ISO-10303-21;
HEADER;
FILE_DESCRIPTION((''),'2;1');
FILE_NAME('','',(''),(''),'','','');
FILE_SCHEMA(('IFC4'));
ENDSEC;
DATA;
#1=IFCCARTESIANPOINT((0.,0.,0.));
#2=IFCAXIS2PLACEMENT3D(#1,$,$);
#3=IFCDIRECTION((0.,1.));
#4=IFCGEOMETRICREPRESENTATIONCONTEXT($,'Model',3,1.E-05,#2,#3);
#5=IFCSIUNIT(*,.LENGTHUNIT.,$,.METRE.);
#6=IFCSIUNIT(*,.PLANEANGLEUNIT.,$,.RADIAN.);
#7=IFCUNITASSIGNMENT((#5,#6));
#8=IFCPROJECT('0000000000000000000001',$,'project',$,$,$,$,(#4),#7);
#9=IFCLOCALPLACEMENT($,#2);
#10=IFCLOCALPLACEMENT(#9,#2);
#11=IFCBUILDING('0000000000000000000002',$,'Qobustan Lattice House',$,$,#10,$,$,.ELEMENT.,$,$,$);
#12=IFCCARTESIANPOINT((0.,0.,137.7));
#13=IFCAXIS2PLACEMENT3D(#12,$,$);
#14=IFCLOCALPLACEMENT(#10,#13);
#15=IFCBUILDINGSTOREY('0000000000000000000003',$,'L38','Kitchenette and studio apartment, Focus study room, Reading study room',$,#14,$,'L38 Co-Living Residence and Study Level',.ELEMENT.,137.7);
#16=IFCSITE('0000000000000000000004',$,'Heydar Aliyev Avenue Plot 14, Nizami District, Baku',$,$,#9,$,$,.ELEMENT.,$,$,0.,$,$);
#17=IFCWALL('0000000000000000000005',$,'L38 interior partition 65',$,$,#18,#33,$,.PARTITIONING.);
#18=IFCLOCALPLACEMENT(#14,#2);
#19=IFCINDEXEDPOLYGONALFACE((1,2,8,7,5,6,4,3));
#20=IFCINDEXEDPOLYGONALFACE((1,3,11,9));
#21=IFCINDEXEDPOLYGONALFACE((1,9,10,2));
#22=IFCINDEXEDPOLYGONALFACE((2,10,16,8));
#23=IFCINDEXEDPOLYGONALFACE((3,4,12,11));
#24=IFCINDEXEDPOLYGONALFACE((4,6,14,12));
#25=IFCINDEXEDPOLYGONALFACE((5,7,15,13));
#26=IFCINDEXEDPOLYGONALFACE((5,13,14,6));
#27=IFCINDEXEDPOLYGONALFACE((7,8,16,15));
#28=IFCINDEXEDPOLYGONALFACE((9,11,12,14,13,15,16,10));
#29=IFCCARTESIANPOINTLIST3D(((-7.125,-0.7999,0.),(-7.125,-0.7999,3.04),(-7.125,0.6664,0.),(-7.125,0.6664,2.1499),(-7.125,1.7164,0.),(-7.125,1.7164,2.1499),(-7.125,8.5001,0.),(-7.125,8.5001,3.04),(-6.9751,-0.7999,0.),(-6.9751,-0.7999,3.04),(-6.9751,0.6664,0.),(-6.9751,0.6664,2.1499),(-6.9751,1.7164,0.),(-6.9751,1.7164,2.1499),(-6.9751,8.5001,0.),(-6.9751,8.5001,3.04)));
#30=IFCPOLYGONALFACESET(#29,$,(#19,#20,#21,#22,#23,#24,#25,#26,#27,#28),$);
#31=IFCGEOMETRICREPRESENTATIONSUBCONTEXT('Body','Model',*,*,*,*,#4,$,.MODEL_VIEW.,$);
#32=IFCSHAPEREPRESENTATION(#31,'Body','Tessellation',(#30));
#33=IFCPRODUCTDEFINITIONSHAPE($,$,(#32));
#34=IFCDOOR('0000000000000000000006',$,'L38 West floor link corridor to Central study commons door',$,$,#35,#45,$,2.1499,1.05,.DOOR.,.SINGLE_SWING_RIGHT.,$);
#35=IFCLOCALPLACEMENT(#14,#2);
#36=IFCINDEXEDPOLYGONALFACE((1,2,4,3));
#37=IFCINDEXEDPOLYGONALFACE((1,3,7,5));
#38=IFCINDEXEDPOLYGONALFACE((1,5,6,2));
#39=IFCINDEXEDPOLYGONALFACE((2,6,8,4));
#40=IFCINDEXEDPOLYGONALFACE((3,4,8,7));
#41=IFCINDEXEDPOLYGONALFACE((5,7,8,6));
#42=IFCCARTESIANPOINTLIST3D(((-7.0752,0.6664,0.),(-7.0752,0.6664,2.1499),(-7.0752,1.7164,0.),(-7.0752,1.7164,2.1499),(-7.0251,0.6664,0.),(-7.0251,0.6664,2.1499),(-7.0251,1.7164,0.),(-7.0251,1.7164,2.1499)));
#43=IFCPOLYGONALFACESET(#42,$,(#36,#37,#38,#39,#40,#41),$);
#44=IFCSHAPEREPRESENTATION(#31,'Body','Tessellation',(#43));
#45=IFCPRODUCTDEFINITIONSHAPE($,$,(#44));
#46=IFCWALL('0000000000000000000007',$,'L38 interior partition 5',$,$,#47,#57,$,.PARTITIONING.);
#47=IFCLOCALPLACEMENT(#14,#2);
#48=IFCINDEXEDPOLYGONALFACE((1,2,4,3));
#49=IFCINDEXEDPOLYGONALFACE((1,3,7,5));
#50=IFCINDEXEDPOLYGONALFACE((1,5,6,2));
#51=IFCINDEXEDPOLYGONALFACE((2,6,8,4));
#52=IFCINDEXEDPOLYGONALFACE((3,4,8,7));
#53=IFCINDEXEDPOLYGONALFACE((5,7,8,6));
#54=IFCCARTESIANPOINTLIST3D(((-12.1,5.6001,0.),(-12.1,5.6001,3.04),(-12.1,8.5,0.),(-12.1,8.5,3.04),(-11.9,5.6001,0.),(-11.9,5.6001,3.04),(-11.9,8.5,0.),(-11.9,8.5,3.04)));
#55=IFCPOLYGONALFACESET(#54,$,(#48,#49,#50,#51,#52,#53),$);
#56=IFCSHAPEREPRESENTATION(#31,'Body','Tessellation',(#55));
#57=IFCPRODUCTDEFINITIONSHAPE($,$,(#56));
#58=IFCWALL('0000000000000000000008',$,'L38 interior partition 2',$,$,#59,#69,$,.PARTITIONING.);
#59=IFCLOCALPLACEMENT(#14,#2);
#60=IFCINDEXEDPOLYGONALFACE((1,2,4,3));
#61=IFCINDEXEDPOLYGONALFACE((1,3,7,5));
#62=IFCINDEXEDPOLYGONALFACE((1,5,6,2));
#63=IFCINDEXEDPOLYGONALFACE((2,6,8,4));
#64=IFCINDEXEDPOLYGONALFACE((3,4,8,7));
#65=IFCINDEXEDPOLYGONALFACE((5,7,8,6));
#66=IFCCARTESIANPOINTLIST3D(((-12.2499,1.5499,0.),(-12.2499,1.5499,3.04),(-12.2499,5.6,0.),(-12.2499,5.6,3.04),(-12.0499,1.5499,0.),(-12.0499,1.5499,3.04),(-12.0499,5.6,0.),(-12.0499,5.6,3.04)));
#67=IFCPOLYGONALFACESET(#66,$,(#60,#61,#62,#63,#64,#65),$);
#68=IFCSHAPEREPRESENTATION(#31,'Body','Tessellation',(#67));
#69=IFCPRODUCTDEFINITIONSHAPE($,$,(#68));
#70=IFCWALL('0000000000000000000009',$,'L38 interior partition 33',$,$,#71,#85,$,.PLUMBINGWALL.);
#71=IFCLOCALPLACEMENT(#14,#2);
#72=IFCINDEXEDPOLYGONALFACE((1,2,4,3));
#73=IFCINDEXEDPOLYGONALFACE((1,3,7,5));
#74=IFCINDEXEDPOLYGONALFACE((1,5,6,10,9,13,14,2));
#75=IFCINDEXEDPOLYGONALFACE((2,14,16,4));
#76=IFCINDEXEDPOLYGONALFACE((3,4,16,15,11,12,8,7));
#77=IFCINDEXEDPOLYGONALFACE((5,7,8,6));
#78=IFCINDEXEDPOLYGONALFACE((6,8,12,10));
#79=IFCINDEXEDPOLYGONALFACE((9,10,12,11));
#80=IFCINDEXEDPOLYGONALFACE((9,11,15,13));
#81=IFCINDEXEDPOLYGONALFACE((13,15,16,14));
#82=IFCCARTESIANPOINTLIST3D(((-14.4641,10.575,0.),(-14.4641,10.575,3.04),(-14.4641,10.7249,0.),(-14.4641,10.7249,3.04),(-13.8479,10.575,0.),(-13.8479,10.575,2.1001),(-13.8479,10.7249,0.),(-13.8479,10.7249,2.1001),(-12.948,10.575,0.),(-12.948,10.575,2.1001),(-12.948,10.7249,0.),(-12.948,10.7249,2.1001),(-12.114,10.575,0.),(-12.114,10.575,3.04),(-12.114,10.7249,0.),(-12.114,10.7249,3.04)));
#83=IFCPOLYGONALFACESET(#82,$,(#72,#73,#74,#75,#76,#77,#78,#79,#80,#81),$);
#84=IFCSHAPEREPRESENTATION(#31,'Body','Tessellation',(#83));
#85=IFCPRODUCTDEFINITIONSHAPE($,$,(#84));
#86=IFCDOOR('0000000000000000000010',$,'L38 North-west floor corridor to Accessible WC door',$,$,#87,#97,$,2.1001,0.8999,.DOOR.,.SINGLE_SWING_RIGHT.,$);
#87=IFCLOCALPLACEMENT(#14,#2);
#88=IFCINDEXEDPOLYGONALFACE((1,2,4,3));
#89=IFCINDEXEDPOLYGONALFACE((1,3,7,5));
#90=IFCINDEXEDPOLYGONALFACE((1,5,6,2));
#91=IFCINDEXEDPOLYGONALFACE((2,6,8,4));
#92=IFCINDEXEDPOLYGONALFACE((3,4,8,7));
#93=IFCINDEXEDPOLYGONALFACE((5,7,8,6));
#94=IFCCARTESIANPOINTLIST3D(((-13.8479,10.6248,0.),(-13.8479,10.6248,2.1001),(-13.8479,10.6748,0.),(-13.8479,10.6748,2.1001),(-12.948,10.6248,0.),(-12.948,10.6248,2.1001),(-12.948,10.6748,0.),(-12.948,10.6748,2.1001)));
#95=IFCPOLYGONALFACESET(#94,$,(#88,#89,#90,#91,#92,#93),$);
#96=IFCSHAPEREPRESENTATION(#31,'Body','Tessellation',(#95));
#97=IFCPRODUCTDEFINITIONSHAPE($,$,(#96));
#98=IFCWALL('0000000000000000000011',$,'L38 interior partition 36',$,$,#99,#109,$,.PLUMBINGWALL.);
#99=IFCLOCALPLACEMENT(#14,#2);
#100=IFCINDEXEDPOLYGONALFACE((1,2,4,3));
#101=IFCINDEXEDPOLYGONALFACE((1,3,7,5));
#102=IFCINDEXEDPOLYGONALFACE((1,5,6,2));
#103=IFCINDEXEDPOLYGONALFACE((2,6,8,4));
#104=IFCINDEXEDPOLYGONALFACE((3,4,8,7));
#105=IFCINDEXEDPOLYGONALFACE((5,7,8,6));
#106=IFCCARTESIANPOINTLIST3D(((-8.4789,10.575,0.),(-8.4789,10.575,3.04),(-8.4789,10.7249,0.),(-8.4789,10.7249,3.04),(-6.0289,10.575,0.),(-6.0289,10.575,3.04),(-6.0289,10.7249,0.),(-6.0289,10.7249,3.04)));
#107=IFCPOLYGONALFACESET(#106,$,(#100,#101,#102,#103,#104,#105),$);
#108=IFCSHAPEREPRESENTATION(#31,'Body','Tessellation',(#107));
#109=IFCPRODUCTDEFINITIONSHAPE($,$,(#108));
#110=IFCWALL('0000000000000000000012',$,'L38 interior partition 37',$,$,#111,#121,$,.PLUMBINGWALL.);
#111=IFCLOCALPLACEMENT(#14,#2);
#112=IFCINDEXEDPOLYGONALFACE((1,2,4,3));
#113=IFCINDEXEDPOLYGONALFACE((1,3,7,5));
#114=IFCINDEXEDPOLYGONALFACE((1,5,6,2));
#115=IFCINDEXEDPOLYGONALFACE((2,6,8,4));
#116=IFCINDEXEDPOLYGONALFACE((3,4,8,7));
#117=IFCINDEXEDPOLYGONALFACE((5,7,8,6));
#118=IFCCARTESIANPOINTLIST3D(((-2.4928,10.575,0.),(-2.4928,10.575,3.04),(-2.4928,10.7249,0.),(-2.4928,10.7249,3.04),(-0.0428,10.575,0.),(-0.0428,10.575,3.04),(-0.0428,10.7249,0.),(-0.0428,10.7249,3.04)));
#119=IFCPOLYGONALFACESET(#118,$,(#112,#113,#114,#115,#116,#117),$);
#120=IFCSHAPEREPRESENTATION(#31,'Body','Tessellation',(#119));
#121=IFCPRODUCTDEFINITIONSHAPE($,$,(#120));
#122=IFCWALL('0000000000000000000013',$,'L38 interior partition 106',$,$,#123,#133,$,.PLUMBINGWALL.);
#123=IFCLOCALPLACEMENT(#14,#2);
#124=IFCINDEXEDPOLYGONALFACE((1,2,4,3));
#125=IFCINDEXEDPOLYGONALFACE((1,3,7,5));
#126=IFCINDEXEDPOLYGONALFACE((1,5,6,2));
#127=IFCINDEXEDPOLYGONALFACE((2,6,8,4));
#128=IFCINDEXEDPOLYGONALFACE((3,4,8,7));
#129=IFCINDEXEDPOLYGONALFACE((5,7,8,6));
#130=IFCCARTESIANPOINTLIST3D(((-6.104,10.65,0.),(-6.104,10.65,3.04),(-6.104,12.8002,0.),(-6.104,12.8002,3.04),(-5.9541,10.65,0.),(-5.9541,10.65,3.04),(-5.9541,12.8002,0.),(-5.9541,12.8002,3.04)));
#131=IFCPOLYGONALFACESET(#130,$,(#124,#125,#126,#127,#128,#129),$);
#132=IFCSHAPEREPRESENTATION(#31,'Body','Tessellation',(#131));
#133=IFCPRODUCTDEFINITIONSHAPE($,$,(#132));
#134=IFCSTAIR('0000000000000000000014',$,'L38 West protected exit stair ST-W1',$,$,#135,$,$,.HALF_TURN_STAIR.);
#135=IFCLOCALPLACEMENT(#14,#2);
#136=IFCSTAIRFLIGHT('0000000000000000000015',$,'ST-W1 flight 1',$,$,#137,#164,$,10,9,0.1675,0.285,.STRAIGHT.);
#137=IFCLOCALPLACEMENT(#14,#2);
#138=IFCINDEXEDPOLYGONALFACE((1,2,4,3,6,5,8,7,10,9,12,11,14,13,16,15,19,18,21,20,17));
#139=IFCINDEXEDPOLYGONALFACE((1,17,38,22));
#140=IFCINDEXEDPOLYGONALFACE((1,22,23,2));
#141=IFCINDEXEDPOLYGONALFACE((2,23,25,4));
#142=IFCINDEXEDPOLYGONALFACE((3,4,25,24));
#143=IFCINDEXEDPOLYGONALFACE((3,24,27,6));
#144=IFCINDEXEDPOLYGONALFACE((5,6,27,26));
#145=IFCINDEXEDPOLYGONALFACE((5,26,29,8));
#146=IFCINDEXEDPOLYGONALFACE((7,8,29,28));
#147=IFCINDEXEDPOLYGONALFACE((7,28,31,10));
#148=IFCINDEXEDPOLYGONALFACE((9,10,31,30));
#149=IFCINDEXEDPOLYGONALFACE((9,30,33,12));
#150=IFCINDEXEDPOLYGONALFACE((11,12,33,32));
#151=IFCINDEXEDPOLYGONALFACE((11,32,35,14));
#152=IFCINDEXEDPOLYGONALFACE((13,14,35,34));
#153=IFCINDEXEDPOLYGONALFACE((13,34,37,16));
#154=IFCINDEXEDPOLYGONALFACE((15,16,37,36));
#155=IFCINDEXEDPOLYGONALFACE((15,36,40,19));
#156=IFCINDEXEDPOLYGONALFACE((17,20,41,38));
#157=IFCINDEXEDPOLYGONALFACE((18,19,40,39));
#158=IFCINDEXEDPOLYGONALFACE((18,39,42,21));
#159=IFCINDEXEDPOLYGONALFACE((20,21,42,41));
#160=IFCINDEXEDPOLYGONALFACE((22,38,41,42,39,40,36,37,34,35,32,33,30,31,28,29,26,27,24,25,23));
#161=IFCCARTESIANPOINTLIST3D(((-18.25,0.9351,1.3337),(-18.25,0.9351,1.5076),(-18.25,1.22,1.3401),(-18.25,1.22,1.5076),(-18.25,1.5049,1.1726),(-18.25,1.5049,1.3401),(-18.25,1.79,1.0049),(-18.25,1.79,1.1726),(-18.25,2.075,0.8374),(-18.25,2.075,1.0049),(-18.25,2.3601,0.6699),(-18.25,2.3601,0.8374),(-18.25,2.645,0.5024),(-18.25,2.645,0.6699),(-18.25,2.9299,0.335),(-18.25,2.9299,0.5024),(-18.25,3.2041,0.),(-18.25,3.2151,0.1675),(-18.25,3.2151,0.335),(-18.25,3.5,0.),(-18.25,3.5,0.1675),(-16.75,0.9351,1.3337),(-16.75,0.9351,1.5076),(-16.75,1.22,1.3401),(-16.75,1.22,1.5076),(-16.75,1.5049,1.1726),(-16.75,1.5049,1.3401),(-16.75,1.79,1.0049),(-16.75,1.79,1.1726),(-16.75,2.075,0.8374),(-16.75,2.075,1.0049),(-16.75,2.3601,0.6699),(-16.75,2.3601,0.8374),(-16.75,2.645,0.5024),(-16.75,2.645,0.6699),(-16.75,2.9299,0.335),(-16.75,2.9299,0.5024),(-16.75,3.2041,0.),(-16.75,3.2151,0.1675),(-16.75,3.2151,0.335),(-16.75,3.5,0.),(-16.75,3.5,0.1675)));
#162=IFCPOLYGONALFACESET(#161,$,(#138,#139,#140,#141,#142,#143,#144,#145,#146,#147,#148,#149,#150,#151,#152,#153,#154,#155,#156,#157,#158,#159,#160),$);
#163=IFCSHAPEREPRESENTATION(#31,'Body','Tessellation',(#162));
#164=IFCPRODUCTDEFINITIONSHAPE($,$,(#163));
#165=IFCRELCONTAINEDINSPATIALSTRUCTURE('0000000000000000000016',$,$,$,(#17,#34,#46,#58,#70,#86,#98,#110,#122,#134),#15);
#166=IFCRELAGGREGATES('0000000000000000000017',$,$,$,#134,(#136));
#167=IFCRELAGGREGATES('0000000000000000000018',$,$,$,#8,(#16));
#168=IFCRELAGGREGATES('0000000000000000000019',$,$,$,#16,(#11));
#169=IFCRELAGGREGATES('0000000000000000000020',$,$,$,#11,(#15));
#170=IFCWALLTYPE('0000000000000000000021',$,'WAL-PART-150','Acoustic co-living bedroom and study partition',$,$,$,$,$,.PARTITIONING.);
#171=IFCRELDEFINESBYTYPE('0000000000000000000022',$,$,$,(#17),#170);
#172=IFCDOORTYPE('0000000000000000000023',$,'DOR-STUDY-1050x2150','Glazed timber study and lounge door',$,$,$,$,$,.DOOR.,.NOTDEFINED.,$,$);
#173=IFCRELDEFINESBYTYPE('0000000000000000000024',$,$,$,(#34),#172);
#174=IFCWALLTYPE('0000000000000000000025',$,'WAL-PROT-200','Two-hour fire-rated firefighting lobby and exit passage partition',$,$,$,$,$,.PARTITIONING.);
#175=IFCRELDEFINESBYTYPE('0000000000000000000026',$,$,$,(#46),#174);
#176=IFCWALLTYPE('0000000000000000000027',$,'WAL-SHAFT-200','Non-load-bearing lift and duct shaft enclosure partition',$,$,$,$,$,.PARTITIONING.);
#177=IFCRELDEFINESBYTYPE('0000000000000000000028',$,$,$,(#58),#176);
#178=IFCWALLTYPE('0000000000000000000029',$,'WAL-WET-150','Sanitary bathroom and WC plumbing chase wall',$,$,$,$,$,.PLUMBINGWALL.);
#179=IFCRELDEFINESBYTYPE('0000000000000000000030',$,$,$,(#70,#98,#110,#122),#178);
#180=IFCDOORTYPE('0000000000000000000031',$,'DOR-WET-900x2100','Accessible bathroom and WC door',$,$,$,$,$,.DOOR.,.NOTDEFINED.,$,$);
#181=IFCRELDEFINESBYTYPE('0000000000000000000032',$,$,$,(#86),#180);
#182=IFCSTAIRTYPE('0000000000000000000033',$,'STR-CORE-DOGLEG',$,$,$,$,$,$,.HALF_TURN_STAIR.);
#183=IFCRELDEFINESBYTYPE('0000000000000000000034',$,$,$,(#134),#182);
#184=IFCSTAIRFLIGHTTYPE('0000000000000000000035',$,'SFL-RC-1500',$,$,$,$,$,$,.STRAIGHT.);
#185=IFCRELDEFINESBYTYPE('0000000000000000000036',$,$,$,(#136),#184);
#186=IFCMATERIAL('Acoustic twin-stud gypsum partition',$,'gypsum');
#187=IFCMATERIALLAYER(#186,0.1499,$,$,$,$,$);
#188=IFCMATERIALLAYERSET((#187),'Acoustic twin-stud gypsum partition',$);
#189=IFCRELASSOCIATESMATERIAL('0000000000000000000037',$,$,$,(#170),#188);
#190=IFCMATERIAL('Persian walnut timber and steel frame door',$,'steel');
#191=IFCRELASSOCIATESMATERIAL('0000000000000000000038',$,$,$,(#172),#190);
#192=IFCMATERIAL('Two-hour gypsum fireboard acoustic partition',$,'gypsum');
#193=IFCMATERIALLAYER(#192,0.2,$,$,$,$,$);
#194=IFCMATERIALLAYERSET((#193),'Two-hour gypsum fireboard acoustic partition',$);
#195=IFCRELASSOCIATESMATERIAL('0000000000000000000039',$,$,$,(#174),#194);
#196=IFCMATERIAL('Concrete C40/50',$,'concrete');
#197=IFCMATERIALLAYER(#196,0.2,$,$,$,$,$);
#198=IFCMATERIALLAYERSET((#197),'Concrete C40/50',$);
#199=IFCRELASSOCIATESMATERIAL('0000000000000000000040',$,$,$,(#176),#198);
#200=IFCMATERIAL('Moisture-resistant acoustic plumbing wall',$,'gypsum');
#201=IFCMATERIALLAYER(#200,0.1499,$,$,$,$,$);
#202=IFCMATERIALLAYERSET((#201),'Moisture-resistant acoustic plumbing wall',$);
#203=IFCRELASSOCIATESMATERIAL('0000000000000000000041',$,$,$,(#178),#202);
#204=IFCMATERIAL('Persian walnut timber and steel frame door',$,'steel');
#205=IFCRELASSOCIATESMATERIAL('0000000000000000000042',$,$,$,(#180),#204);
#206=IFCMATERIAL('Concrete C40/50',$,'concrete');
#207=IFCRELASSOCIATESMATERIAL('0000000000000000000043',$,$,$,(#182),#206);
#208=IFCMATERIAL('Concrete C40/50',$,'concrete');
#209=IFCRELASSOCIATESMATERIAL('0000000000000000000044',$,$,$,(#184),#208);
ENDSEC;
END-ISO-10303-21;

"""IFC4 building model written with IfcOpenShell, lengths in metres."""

from ifc_helpers import new_model, si_unit, direction, frame, frame_2d, origin, place, context, subcontext, project, spatial, polyline, rectangle, outline, extrude, material, layer, layer_set, type_object, element, fill, aggregate, save


model = new_model("IFC4")

# Units and contexts
model_context = context("Model", 3, precision=1e-05, world=origin(), true_north=direction((0.0, 1.0)))
body_context = subcontext(model_context, "Body", "Model", "MODEL_VIEW")
ifc_project = project(units=[si_unit("LENGTHUNIT", "METRE"), si_unit("PLANEANGLEUNIT", "RADIAN")], contexts=[model_context])

# Site, building, storey
site_placement = place(None, origin())
site = spatial("IfcSite", under=ifc_project, at=site_placement, Name="Heydar Aliyev Avenue Plot 14, Nizami District, Baku", CompositionType="ELEMENT", RefElevation=0.0)
building_placement = place(site_placement, origin())
building = spatial("IfcBuilding", under=site, at=building_placement, Name="Qobustan Lattice House", CompositionType="ELEMENT")
storey_placement = place(building_placement, frame((0.0, 0.0, 137.7)))
storey = spatial("IfcBuildingStorey", under=building, at=storey_placement, Name="L38", Description="Kitchenette and studio apartment, Focus study room, Reading study room", LongName="L38 Co-Living Residence and Study Level", CompositionType="ELEMENT", Elevation=137.7)

# Shared definitions
ifc_material_1 = material(Name="Acoustic twin-stud gypsum partition", Category="gypsum")
ifc_layer_1 = layer(ifc_material_1, 0.1499)
ifc_layer_set_1 = layer_set([ifc_layer_1], Name="Acoustic twin-stud gypsum partition")
wall_type_1 = type_object("IfcWallType", Name="WAL-PART-150", Description="Acoustic co-living bedroom and study partition", PredefinedType="PARTITIONING", material=ifc_layer_set_1)

# Wall, opening, door
wall_1_placement = place(storey_placement, frame((-7.05, 8.5, 0.0), z_axis=(0.0, 0.0, 1.0), x_axis=(0.0, -1.0, 0.0)))
wall_1 = element("IfcWall", 1, at=wall_1_placement, inside=storey, type_object=wall_type_1, Name="L38 interior partition 65", PredefinedType="PARTITIONING", context=body_context, shape_type="SweptSolid", body=[
    extrude(rectangle(XDim=9.3, YDim=0.1499, at=frame_2d((4.6499, 0.0))), origin(), (0.0, 0.0, 1.0), 3.04),
])
opening_1_placement = place(wall_1_placement, frame((6.7837, 0.0, 0.0)))
opening_1 = element("IfcOpeningElement", 2, at=opening_1_placement, cuts=wall_1, PredefinedType="OPENING", context=body_context, shape_type="SweptSolid", body=[
    extrude(rectangle(XDim=1.05, YDim=2.1499, at=frame_2d((0.5249, 1.075))), frame((0.0, 0.085, 0.0), z_axis=(0.0, -1.0, 0.0), x_axis=(1.0, 0.0, 0.0)), (0.0, 0.0, 1.0), 0.1699),
])
ifc_material_2 = material(Name="Persian walnut timber and steel frame door", Category="steel")
door_type_1 = type_object("IfcDoorType", Name="DOR-STUDY-1050x2150", Description="Glazed timber study and lounge door", OperationType="NOTDEFINED", PredefinedType="DOOR", material=ifc_material_2)
door_1_placement = place(opening_1_placement, origin())
door_1 = element("IfcDoor", 3, at=door_1_placement, inside=storey, type_object=door_type_1, Name="L38 West floor link corridor to Central study commons door", OperationType="SINGLE_SWING_RIGHT", OverallHeight=2.1499, OverallWidth=1.05, PredefinedType="DOOR", context=body_context, shape_type="SweptSolid", body=[
    extrude(rectangle(XDim=1.05, YDim=2.1499, at=frame_2d((0.5249, 1.075))), frame((0.0, 0.0249, 0.0), z_axis=(0.0, -1.0, 0.0), x_axis=(1.0, 0.0, 0.0)), (0.0, 0.0, 1.0), 0.05),
])
fill(opening_1, door_1)
ifc_material_3 = material(Name="Two-hour gypsum fireboard acoustic partition", Category="gypsum")
ifc_layer_2 = layer(ifc_material_3, 0.2)
ifc_layer_set_2 = layer_set([ifc_layer_2], Name="Two-hour gypsum fireboard acoustic partition")
wall_type_2 = type_object("IfcWallType", Name="WAL-PROT-200", Description="Two-hour fire-rated firefighting lobby and exit passage partition", PredefinedType="PARTITIONING", material=ifc_layer_set_2)

# Walls
wall_2_placement = place(storey_placement, frame((-12.0, 5.6001, 0.0), z_axis=(0.0, 0.0, 1.0), x_axis=(0.0, 1.0, 0.0)))
element("IfcWall", 4, at=wall_2_placement, inside=storey, type_object=wall_type_2, Name="L38 interior partition 5", PredefinedType="PARTITIONING", context=body_context, shape_type="SweptSolid", body=[
    extrude(rectangle(XDim=2.8999, YDim=0.2, at=frame_2d((1.45, 0.0))), origin(), (0.0, 0.0, 1.0), 3.04),
])
ifc_material_4 = material(Name="Concrete C40/50", Category="concrete")
ifc_layer_3 = layer(ifc_material_4, 0.2)
ifc_layer_set_3 = layer_set([ifc_layer_3], Name="Concrete C40/50")
wall_type_3 = type_object("IfcWallType", Name="WAL-SHAFT-200", Description="Non-load-bearing lift and duct shaft enclosure partition", PredefinedType="PARTITIONING", material=ifc_layer_set_3)
wall_3_placement = place(storey_placement, frame((-12.1499, 1.55, 0.0), z_axis=(0.0, 0.0, 1.0), x_axis=(0.0, 1.0, 0.0)))
element("IfcWall", 5, at=wall_3_placement, inside=storey, type_object=wall_type_3, Name="L38 interior partition 2", PredefinedType="PARTITIONING", context=body_context, shape_type="SweptSolid", body=[
    extrude(rectangle(XDim=4.05, YDim=0.2, at=frame_2d((2.0249, 0.0))), origin(), (0.0, 0.0, 1.0), 3.04),
])

# Wall, opening, door
ifc_material_5 = material(Name="Moisture-resistant acoustic plumbing wall", Category="gypsum")
ifc_layer_4 = layer(ifc_material_5, 0.1499)
ifc_layer_set_4 = layer_set([ifc_layer_4], Name="Moisture-resistant acoustic plumbing wall")
wall_type_4 = type_object("IfcWallType", Name="WAL-WET-150", Description="Sanitary bathroom and WC plumbing chase wall", PredefinedType="PLUMBINGWALL", material=ifc_layer_set_4)
wall_4_placement = place(storey_placement, frame((-14.4641, 10.6499, 0.0), z_axis=(0.0, 0.0, 1.0), x_axis=(1.0, 0.0, 0.0)))
wall_4 = element("IfcWall", 6, at=wall_4_placement, inside=storey, type_object=wall_type_4, Name="L38 interior partition 33", PredefinedType="PLUMBINGWALL", context=body_context, shape_type="SweptSolid", body=[
    extrude(rectangle(XDim=2.3501, YDim=0.1499, at=frame_2d((1.175, 0.0))), origin(), (0.0, 0.0, 1.0), 3.04),
])
opening_2_placement = place(wall_4_placement, frame((0.6162, 0.0, 0.0)))
opening_2 = element("IfcOpeningElement", 7, at=opening_2_placement, cuts=wall_4, PredefinedType="OPENING", context=body_context, shape_type="SweptSolid", body=[
    extrude(rectangle(XDim=0.8999, YDim=2.1001, at=frame_2d((0.45, 1.05))), frame((0.0, 0.085, 0.0), z_axis=(0.0, -1.0, 0.0), x_axis=(1.0, 0.0, 0.0)), (0.0, 0.0, 1.0), 0.1699),
])
ifc_material_6 = material(Name="Persian walnut timber and steel frame door", Category="steel")
door_type_2 = type_object("IfcDoorType", Name="DOR-WET-900x2100", Description="Accessible bathroom and WC door", OperationType="NOTDEFINED", PredefinedType="DOOR", material=ifc_material_6)
door_2_placement = place(opening_2_placement, origin())
door_2 = element("IfcDoor", 8, at=door_2_placement, inside=storey, type_object=door_type_2, Name="L38 North-west floor corridor to Accessible WC door", OperationType="SINGLE_SWING_RIGHT", OverallHeight=2.1001, OverallWidth=0.8999, PredefinedType="DOOR", context=body_context, shape_type="SweptSolid", body=[
    extrude(rectangle(XDim=0.8999, YDim=2.1001, at=frame_2d((0.45, 1.05))), frame((0.0, 0.0249, 0.0), z_axis=(0.0, -1.0, 0.0), x_axis=(1.0, 0.0, 0.0)), (0.0, 0.0, 1.0), 0.05),
])
fill(opening_2, door_2)

# Walls
for number, where, z_axis, x_axis, name in (
    (9, (-8.479, 10.6499, 0.0), (0.0, 0.0, 1.0), (1.0, 0.0, 0.0), "L38 interior partition 36"),
    (10, (-2.4929, 10.6499, 0.0), (0.0, 0.0, 1.0), (1.0, 0.0, 0.0), "L38 interior partition 37"),
):
    element("IfcWall", number, at=place(storey_placement, frame(where, z_axis=z_axis, x_axis=x_axis)), inside=storey, type_object=wall_type_4, Name=name, PredefinedType="PLUMBINGWALL", context=body_context, shape_type="SweptSolid", body=[
        extrude(rectangle(XDim=2.45, YDim=0.1499, at=frame_2d((1.2251, 0.0))), origin(), (0.0, 0.0, 1.0), 3.04),
    ])
wall_5_placement = place(storey_placement, frame((-6.0291, 10.6499, 0.0), z_axis=(0.0, 0.0, 1.0), x_axis=(0.0, 1.0, 0.0)))
element("IfcWall", 11, at=wall_5_placement, inside=storey, type_object=wall_type_4, Name="L38 interior partition 106", PredefinedType="PLUMBINGWALL", context=body_context, shape_type="SweptSolid", body=[
    extrude(rectangle(XDim=2.1501, YDim=0.1499, at=frame_2d((1.0752, 0.0))), origin(), (0.0, 0.0, 1.0), 3.04),
])

# Stair, stair flight
ifc_material_7 = material(Name="Concrete C40/50", Category="concrete")
stair_type = type_object("IfcStairType", Name="STR-CORE-DOGLEG", PredefinedType="HALF_TURN_STAIR", material=ifc_material_7)
stair_placement = place(storey_placement, origin())
stair = element("IfcStair", 12, at=stair_placement, inside=storey, type_object=stair_type, Name="L38 West protected exit stair ST-W1", PredefinedType="HALF_TURN_STAIR")
ifc_material_8 = material(Name="Concrete C40/50", Category="concrete")
stair_flight_type = type_object("IfcStairFlightType", Name="SFL-RC-1500", PredefinedType="STRAIGHT", material=ifc_material_8)
stair_flight_placement = place(storey_placement, frame((-17.5, 3.5, 0.0), z_axis=(0.0, 0.0, 1.0), x_axis=(0.0, -1.0, 0.0)))
stair_flight = element("IfcStairFlight", 13, at=stair_flight_placement, type_object=stair_flight_type, Name="ST-W1 flight 1", NumberOfRisers=10, NumberOfTreads=9, PredefinedType="STRAIGHT", RiserHeight=0.1675, TreadLength=0.285, context=body_context, shape_type="SweptSolid", body=[
    extrude(outline(polyline([(0.0, 0.0), (0.0, 0.1675), (0.2849, 0.1675), (0.2849, 0.335), (0.5701, 0.335), (0.5701, 0.5024), (0.855, 0.5024), (0.855, 0.6699), (1.1399, 0.6699), (1.1399, 0.8374), (1.425, 0.8374), (1.425, 1.0049), (1.71, 1.0049), (1.71, 1.1726), (1.9951, 1.1726), (1.9951, 1.3401), (2.28, 1.3401), (2.28, 1.5076), (2.5649, 1.5076), (2.5649, 1.675), (2.5649, 1.3337), (0.2959, 0.0), (0.0, 0.0)])), frame((0.0, 0.75, 0.0), z_axis=(0.0, -1.0, 0.0), x_axis=(1.0, 0.0, 0.0)), (0.0, 0.0, 1.0), 1.5),
])
aggregate(stair, [stair_flight])

save(model, "model.ifc")
